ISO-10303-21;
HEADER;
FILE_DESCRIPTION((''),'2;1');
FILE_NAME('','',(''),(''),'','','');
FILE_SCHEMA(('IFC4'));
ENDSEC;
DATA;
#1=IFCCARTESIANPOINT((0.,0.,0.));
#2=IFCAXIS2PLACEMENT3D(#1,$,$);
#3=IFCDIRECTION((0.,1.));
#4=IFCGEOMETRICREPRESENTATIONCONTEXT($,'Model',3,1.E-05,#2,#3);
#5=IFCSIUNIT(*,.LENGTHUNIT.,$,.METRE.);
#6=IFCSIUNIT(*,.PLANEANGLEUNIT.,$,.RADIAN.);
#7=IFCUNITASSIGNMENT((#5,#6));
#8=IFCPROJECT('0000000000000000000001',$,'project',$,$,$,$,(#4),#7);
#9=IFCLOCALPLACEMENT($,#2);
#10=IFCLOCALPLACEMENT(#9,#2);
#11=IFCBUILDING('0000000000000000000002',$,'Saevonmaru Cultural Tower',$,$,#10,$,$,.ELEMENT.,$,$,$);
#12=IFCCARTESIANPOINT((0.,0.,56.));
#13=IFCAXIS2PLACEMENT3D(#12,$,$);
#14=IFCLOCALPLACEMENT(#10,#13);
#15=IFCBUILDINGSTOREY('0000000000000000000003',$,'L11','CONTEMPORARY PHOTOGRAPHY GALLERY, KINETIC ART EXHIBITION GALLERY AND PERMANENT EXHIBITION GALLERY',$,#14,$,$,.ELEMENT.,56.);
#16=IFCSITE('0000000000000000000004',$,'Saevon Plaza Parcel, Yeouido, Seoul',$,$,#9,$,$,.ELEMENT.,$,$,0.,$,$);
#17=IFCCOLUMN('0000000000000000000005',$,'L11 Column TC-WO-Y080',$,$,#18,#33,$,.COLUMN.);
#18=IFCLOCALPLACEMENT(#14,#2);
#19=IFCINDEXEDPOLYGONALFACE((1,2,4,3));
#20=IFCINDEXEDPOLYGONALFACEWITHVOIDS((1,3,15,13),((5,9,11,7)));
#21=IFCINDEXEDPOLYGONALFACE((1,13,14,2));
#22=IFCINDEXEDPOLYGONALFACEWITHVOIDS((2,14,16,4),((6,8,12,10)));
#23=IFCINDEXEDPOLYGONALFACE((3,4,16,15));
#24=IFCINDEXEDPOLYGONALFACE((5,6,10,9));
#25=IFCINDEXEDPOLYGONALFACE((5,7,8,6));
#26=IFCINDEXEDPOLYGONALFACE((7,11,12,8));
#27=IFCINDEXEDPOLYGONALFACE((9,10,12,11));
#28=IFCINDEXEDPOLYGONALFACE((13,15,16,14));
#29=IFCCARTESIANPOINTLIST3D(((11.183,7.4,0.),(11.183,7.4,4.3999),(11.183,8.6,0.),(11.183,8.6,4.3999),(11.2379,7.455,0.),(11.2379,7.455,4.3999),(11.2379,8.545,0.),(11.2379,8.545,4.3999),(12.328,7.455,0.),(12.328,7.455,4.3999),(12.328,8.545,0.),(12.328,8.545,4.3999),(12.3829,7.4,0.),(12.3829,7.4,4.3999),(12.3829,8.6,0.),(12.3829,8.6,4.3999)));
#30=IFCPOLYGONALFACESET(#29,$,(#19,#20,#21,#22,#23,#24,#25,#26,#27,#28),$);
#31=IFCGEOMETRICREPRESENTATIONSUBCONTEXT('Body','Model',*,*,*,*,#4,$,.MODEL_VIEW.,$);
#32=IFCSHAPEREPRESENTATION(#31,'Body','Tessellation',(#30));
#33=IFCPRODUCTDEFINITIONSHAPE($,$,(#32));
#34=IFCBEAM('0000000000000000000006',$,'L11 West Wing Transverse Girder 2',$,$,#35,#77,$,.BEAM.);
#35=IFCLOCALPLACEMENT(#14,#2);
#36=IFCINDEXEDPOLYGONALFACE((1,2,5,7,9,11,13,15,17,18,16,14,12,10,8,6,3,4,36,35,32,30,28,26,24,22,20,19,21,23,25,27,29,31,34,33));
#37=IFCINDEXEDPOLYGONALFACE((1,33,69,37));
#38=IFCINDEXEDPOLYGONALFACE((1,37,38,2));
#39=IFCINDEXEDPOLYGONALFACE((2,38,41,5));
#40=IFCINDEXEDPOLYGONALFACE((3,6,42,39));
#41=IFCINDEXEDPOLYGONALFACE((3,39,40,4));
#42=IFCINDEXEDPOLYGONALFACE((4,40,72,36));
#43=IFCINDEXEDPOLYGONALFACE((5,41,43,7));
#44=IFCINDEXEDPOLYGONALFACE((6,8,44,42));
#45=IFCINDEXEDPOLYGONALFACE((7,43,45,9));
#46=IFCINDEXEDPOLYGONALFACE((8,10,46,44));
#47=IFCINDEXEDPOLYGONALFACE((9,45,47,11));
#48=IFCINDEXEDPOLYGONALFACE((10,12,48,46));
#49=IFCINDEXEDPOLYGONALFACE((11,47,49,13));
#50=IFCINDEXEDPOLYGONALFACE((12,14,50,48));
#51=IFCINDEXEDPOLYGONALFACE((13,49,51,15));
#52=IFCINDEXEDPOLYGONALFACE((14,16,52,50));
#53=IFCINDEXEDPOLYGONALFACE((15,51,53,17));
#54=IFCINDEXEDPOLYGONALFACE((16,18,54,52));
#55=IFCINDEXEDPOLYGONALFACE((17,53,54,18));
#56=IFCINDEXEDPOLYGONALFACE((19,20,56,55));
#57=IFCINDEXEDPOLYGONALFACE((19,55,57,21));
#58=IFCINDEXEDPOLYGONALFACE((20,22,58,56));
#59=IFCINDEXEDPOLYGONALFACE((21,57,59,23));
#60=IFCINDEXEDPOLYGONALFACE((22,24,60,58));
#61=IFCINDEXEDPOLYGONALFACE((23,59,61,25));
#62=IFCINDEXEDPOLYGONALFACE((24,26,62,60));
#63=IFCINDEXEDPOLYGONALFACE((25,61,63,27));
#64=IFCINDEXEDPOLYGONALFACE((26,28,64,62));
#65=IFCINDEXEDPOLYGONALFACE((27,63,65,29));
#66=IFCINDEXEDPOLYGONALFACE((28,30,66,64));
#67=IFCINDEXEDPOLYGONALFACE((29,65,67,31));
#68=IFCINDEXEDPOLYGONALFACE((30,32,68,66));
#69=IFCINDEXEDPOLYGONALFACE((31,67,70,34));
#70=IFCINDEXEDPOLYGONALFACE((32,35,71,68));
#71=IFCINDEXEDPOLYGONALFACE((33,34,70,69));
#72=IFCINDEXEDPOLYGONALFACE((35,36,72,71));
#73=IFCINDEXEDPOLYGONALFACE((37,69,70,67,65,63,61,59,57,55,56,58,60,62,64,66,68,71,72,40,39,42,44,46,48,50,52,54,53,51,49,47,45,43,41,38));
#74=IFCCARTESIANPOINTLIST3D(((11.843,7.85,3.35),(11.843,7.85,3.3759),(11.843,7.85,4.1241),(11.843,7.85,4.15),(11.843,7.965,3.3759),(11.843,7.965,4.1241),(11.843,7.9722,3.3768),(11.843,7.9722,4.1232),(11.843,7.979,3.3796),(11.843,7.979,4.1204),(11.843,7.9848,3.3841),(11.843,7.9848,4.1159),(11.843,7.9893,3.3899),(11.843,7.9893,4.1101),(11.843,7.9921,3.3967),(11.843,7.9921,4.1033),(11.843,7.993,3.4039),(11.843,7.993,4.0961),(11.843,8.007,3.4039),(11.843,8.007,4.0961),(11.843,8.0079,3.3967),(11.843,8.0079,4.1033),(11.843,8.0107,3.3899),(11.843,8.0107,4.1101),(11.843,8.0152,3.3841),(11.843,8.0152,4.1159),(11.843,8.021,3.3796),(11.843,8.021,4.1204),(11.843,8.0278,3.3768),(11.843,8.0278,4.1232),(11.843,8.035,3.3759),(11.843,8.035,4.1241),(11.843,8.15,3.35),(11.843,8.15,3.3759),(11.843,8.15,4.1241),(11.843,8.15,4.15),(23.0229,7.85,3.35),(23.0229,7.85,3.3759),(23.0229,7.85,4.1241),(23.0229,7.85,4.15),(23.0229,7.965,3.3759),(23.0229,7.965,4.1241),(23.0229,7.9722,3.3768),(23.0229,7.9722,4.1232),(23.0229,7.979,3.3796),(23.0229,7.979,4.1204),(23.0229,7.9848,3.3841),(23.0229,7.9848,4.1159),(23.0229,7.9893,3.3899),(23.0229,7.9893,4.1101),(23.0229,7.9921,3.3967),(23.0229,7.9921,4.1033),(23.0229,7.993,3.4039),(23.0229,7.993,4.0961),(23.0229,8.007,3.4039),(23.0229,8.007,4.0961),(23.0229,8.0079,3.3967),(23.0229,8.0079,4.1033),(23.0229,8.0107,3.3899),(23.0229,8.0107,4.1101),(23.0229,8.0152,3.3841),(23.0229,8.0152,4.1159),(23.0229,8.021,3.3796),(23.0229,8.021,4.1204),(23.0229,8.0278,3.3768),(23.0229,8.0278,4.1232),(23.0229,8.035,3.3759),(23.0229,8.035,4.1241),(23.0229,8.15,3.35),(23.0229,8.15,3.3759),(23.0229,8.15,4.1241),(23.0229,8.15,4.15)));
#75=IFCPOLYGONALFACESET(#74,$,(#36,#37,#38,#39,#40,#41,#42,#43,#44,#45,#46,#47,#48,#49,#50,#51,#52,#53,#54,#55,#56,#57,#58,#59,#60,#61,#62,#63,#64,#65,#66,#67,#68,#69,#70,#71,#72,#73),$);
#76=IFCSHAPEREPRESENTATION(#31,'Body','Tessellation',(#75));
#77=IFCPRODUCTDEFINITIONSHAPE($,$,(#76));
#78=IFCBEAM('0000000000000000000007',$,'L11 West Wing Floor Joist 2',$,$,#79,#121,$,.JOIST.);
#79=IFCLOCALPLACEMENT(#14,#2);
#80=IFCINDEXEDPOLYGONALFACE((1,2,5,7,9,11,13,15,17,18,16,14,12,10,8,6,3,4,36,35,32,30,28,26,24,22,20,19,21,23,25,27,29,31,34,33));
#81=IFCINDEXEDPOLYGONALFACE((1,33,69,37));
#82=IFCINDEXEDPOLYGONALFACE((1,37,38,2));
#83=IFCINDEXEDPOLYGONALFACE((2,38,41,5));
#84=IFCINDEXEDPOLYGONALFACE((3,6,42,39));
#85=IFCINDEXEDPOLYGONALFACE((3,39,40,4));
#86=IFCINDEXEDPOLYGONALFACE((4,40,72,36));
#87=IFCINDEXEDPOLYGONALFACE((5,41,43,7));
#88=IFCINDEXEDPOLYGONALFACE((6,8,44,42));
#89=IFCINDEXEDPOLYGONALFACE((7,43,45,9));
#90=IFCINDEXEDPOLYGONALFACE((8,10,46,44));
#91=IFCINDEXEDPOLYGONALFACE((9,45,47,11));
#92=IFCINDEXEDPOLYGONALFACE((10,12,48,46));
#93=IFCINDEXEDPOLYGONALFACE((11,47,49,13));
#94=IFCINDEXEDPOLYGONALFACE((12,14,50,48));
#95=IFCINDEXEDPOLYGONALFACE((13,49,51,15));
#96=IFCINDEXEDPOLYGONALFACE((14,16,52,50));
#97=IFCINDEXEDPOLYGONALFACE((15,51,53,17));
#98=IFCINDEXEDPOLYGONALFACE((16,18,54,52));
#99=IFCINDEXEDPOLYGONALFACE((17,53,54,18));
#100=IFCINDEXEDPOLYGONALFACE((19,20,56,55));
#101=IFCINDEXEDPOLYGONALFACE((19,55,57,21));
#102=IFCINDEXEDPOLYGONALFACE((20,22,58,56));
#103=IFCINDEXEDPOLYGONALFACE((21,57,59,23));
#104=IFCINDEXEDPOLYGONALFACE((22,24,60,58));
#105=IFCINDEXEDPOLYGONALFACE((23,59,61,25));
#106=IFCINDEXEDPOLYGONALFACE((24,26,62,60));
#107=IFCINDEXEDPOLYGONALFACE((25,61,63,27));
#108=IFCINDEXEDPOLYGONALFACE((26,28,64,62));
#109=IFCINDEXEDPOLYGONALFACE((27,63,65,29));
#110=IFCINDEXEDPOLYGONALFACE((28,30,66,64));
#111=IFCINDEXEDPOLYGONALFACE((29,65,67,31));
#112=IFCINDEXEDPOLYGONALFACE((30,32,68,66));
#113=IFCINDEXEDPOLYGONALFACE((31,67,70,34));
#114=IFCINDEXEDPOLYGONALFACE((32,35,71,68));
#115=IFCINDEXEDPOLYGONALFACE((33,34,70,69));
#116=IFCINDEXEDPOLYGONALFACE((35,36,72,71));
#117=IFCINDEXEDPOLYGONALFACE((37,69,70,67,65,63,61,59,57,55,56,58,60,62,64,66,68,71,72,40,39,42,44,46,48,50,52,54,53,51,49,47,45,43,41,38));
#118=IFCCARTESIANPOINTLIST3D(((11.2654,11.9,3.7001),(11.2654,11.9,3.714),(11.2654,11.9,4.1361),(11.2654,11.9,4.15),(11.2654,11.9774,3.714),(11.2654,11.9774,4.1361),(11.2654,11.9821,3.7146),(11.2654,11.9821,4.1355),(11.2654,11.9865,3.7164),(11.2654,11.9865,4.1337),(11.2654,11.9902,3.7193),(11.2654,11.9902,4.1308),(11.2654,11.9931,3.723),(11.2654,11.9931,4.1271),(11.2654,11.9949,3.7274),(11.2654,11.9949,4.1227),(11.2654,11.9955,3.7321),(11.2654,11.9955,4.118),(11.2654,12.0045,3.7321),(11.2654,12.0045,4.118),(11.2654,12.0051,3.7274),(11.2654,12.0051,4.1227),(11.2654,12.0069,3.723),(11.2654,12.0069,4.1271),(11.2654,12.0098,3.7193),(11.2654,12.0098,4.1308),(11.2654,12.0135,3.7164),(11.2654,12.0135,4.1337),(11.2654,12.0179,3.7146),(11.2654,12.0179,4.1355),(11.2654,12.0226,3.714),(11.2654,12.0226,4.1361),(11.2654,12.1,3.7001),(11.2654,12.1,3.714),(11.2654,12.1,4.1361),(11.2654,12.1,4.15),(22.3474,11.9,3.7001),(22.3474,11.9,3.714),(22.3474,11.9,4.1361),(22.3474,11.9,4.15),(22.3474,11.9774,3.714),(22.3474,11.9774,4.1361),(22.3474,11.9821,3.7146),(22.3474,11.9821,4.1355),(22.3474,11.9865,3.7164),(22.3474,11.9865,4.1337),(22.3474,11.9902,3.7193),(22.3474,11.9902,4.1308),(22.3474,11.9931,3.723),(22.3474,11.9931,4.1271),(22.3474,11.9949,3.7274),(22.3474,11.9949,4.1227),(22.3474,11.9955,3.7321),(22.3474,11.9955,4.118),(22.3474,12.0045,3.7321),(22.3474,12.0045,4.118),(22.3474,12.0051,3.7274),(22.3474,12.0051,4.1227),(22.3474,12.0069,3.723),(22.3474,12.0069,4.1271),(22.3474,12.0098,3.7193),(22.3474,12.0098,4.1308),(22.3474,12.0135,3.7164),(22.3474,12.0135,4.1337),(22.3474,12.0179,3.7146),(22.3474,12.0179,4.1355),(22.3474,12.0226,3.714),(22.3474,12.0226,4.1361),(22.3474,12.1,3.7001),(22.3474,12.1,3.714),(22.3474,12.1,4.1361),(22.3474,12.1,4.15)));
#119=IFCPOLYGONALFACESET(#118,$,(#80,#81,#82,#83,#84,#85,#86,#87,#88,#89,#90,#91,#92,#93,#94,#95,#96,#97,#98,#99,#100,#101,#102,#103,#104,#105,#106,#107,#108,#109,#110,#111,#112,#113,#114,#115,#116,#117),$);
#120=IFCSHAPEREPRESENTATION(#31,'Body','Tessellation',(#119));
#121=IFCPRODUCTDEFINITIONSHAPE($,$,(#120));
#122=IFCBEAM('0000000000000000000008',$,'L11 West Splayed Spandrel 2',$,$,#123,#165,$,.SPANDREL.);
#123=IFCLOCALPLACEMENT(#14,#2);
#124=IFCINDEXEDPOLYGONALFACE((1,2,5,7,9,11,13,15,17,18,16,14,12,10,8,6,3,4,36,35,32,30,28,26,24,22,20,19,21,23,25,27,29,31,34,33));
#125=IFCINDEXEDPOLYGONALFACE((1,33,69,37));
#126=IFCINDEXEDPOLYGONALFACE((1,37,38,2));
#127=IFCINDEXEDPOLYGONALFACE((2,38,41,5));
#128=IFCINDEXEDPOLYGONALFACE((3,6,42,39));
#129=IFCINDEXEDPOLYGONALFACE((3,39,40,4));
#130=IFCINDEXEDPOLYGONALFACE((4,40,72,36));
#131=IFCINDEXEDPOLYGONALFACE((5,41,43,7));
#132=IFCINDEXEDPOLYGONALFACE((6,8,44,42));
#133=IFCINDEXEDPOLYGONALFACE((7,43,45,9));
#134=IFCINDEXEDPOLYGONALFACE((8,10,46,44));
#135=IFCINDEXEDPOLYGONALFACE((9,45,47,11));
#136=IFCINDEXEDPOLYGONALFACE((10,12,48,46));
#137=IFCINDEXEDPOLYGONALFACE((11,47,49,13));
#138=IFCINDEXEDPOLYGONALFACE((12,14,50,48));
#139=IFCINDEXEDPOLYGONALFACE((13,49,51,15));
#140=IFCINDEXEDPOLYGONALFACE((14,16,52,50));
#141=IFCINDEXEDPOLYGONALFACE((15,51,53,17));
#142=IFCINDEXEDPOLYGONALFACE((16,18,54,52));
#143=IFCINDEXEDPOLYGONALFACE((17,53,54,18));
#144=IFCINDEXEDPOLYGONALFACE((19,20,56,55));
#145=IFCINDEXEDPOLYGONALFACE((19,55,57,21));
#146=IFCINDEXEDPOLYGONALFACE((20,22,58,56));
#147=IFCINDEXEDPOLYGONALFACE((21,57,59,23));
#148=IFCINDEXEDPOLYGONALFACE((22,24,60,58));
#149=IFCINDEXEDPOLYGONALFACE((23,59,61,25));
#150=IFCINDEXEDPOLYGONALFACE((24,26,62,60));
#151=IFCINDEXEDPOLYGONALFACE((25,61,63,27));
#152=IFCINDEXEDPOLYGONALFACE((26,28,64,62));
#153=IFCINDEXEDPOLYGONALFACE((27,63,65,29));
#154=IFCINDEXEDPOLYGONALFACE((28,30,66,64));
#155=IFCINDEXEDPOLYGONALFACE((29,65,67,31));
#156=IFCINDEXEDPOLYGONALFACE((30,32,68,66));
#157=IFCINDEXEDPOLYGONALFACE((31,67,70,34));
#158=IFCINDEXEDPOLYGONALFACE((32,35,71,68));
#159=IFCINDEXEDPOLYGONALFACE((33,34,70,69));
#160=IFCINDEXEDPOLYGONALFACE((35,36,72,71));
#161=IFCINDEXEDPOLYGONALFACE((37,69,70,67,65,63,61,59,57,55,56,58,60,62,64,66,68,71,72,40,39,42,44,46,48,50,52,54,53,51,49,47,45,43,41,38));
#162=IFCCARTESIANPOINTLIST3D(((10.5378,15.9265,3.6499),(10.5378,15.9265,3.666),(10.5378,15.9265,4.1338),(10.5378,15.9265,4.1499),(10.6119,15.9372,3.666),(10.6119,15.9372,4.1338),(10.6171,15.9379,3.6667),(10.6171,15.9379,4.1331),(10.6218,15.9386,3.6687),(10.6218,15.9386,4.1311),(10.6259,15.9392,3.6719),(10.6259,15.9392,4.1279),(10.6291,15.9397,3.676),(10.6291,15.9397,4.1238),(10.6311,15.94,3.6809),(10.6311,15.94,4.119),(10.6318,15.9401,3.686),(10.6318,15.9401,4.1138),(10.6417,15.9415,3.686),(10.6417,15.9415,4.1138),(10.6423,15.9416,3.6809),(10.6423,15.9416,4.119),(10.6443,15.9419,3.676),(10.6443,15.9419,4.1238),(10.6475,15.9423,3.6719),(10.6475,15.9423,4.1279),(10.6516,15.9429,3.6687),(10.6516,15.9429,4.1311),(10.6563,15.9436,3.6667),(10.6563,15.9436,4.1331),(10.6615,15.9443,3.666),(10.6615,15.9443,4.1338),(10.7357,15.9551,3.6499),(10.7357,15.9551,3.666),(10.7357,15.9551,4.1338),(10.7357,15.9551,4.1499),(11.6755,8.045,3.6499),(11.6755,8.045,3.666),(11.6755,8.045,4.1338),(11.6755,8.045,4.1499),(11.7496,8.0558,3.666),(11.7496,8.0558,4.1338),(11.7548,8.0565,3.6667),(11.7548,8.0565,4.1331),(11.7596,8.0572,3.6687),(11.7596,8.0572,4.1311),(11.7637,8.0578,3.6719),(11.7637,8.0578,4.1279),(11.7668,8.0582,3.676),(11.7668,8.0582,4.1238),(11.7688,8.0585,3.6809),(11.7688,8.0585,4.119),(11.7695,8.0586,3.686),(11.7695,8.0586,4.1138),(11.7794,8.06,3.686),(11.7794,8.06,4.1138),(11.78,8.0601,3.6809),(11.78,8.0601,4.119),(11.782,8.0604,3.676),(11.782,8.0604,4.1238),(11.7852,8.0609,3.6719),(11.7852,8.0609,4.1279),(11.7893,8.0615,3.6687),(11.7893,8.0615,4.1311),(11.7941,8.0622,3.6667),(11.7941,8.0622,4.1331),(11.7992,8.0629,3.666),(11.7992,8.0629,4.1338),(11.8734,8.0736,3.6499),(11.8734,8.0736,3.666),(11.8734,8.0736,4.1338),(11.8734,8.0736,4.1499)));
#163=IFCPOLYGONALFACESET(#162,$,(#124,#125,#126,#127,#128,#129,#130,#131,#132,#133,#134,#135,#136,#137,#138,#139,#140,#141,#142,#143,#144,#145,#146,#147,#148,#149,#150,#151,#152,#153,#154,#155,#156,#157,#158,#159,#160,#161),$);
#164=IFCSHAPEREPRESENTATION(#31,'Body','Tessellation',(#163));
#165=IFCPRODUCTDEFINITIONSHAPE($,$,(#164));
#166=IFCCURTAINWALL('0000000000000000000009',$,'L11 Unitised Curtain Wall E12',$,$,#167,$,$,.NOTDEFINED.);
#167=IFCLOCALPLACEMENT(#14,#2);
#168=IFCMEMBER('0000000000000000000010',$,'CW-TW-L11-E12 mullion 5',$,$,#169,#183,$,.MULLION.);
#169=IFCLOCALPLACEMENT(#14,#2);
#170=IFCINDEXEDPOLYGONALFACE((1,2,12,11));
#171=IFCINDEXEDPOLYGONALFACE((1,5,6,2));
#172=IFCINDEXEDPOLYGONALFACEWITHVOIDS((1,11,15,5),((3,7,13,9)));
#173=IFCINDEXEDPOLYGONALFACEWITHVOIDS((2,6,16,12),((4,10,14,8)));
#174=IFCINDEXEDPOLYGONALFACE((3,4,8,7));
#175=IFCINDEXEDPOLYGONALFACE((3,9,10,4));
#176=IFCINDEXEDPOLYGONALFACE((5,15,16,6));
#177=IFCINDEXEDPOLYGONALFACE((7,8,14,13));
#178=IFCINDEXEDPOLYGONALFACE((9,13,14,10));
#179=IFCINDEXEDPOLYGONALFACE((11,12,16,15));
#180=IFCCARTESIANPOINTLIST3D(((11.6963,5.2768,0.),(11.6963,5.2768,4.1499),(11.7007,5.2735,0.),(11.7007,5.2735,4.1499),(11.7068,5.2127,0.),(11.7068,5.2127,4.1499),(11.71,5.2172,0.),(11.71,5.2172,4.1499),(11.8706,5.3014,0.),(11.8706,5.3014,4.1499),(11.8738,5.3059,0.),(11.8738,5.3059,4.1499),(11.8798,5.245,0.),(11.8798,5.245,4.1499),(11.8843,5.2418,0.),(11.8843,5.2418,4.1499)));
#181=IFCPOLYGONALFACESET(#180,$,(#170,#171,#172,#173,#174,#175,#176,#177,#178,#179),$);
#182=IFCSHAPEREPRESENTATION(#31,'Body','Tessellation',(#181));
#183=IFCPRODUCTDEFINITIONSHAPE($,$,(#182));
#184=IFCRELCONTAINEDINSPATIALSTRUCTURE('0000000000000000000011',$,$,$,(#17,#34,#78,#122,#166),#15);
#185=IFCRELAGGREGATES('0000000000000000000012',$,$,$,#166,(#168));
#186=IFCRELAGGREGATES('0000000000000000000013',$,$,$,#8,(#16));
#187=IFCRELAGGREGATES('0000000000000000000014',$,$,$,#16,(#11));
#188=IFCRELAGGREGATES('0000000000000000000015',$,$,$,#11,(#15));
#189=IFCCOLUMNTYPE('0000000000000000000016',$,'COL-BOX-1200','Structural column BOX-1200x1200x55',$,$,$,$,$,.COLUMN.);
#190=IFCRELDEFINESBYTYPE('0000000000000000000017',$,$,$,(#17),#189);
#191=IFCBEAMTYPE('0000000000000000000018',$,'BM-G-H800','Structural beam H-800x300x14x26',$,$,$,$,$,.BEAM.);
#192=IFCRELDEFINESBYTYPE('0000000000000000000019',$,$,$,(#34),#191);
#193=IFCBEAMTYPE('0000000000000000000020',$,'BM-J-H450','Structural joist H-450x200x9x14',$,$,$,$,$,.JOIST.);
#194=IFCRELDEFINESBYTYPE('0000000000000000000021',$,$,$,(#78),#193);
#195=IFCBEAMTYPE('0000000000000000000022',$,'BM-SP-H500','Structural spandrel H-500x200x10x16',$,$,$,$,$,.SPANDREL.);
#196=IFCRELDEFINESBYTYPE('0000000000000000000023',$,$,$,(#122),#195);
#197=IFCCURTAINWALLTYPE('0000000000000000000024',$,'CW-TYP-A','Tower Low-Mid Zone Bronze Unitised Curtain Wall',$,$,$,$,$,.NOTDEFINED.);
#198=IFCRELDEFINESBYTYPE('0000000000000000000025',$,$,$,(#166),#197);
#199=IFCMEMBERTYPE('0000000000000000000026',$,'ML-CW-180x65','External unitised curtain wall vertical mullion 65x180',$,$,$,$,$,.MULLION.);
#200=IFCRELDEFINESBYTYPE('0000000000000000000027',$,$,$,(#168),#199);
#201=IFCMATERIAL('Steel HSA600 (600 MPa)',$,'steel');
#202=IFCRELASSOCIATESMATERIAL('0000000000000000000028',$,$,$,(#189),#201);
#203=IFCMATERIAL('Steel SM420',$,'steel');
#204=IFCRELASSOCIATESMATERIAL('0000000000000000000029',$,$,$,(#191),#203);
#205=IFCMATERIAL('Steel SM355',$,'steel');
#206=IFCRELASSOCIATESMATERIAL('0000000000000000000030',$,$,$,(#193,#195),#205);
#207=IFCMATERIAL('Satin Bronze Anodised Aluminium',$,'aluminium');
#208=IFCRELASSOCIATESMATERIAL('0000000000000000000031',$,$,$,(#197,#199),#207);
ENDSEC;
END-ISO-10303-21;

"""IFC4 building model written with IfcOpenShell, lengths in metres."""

from ifc_helpers import new_model, si_unit, direction, frame, origin, origin_2d, place, context, subcontext, project, spatial, hollow_rectangle, i_section, extrude, material, material_profile, profile_set, type_object, element, aggregate, save


model = new_model("IFC4")

# Units and contexts
model_context = context("Model", 3, precision=1e-05, world=origin(), true_north=direction((0.0, 1.0)))
body_context = subcontext(model_context, "Body", "Model", "MODEL_VIEW")
ifc_project = project(units=[si_unit("LENGTHUNIT", "METRE"), si_unit("PLANEANGLEUNIT", "RADIAN")], contexts=[model_context])

# Site, building, storey
site_placement = place(None, origin())
site = spatial("IfcSite", under=ifc_project, at=site_placement, Name="Saevon Plaza Parcel, Yeouido, Seoul", CompositionType="ELEMENT", RefElevation=0.0)
building_placement = place(site_placement, origin())
building = spatial("IfcBuilding", under=site, at=building_placement, Name="Saevonmaru Cultural Tower", CompositionType="ELEMENT")
storey_placement = place(building_placement, frame((0.0, 0.0, 56.0)))
storey = spatial("IfcBuildingStorey", under=building, at=storey_placement, Name="L11", Description="CONTEMPORARY PHOTOGRAPHY GALLERY, KINETIC ART EXHIBITION GALLERY AND PERMANENT EXHIBITION GALLERY", CompositionType="ELEMENT", Elevation=56.0)

# Column
ifc_material_1 = material(Name="Steel HSA600 (600 MPa)", Category="steel")
ifc_material_profile_1 = material_profile(ifc_material_1, hollow_rectangle(XDim=1.2, YDim=1.2, WallThickness=0.0549, at=origin_2d()), Name="BOX-1200x1200x55")
ifc_profile_set_1 = profile_set([ifc_material_profile_1], Name="Steel HSA600 (600 MPa)")
column_type = type_object("IfcColumnType", Name="COL-BOX-1200", Description="Structural column BOX-1200x1200x55", PredefinedType="COLUMN", material=ifc_profile_set_1)
column_placement = place(storey_placement, frame((11.783, 8.0, 0.0), z_axis=(0.0, 0.0, 1.0), x_axis=(1.0, 0.0, 0.0)))
element("IfcColumn", 1, at=column_placement, inside=storey, type_object=column_type, Name="L11 Column TC-WO-Y080", PredefinedType="COLUMN", context=body_context, shape_type="SweptSolid", body=[
    extrude(hollow_rectangle(XDim=1.2, YDim=1.2, WallThickness=0.0549, at=origin_2d()), origin(), (0.0, 0.0, 1.0), 4.3999),
])

# Beams
ifc_material_2 = material(Name="Steel SM420", Category="steel")
ifc_material_profile_2 = material_profile(ifc_material_2, i_section(OverallWidth=0.3, OverallDepth=0.8, WebThickness=0.0139, FlangeThickness=0.0259, FilletRadius=0.0281, at=origin_2d()), Name="H-800x300x14x26")
ifc_profile_set_2 = profile_set([ifc_material_profile_2], Name="Steel SM420")
beam_type_1 = type_object("IfcBeamType", Name="BM-G-H800", Description="Structural beam H-800x300x14x26", PredefinedType="BEAM", material=ifc_profile_set_2)
beam_1_placement = place(storey_placement, frame((11.843, 8.0, 3.75), z_axis=(1.0, 0.0, 0.0), x_axis=(0.0, 1.0, 0.0)))
element("IfcBeam", 2, at=beam_1_placement, inside=storey, type_object=beam_type_1, Name="L11 West Wing Transverse Girder 2", PredefinedType="BEAM", context=body_context, shape_type="SweptSolid", body=[
    extrude(i_section(OverallWidth=0.3, OverallDepth=0.8, WebThickness=0.0139, FlangeThickness=0.0259, FilletRadius=0.0281, at=origin_2d()), origin(), (0.0, 0.0, 1.0), 11.1799),
])
ifc_material_3 = material(Name="Steel SM355", Category="steel")
ifc_material_profile_3 = material_profile(ifc_material_3, i_section(OverallWidth=0.2, OverallDepth=0.45, WebThickness=0.009, FlangeThickness=0.0139, FilletRadius=0.0181, at=origin_2d()), Name="H-450x200x9x14")
ifc_profile_set_3 = profile_set([ifc_material_profile_3], Name="Steel SM355")
beam_type_2 = type_object("IfcBeamType", Name="BM-J-H450", Description="Structural joist H-450x200x9x14", PredefinedType="JOIST", material=ifc_profile_set_3)
beam_2_placement = place(storey_placement, frame((11.2654, 12.0, 3.925), z_axis=(1.0, 0.0, 0.0), x_axis=(0.0, 1.0, 0.0)))
element("IfcBeam", 3, at=beam_2_placement, inside=storey, type_object=beam_type_2, Name="L11 West Wing Floor Joist 2", PredefinedType="JOIST", context=body_context, shape_type="SweptSolid", body=[
    extrude(i_section(OverallWidth=0.2, OverallDepth=0.45, WebThickness=0.009, FlangeThickness=0.0139, FilletRadius=0.0181, at=origin_2d()), origin(), (0.0, 0.0, 1.0), 11.082),
])
ifc_material_profile_4 = material_profile(ifc_material_3, i_section(OverallWidth=0.2, OverallDepth=0.5, WebThickness=0.01, FlangeThickness=0.0161, FilletRadius=0.02, at=origin_2d()), Name="H-500x200x10x16")
ifc_profile_set_4 = profile_set([ifc_material_profile_4], Name="Steel SM355")
beam_type_3 = type_object("IfcBeamType", Name="BM-SP-H500", Description="Structural spandrel H-500x200x10x16", PredefinedType="SPANDREL", material=ifc_profile_set_4)
beam_3_placement = place(storey_placement, frame((11.7744, 8.0593, 3.8999), z_axis=(-0.142872, 0.989741, 0.0), x_axis=(-0.989741, -0.142872, 0.0)))
element("IfcBeam", 4, at=beam_3_placement, inside=storey, type_object=beam_type_3, Name="L11 West Splayed Spandrel 2", PredefinedType="SPANDREL", context=body_context, shape_type="SweptSolid", body=[
    extrude(i_section(OverallWidth=0.2, OverallDepth=0.5, WebThickness=0.01, FlangeThickness=0.0161, FilletRadius=0.02, at=origin_2d()), origin(), (0.0, 0.0, 1.0), 7.9631),
])

# Curtain wall, member
ifc_material_4 = material(Name="Satin Bronze Anodised Aluminium", Category="aluminium")
curtain_wall_type = type_object("IfcCurtainWallType", Name="CW-TYP-A", Description="Tower Low-Mid Zone Bronze Unitised Curtain Wall", PredefinedType="NOTDEFINED", material=ifc_material_4)
curtain_wall_placement = place(storey_placement, origin())
curtain_wall = element("IfcCurtainWall", 5, at=curtain_wall_placement, inside=storey, type_object=curtain_wall_type, Name="L11 Unitised Curtain Wall E12", PredefinedType="NOTDEFINED")
ifc_material_profile_5 = material_profile(ifc_material_4, hollow_rectangle(XDim=0.0649, YDim=0.1799, WallThickness=0.0039, at=origin_2d()), Name="ALU-MULL-180x65x4")
ifc_profile_set_5 = profile_set([ifc_material_profile_5], Name="Satin Bronze Anodised Aluminium")
member_type = type_object("IfcMemberType", Name="ML-CW-180x65", Description="External unitised curtain wall vertical mullion 65x180", PredefinedType="MULLION", material=ifc_profile_set_5)
member_placement = place(storey_placement, frame((11.7903, 5.2593, 0.0), z_axis=(0.0, 0.0, 1.0), x_axis=(0.161709, -0.986839, 0.0)))
member = element("IfcMember", 6, at=member_placement, type_object=member_type, Name="CW-TW-L11-E12 mullion 5", PredefinedType="MULLION", context=body_context, shape_type="SweptSolid", body=[
    extrude(hollow_rectangle(XDim=0.0649, YDim=0.1799, WallThickness=0.0039, at=origin_2d()), origin(), (0.0, 0.0, 1.0), 4.1499),
])
aggregate(curtain_wall, [member])

save(model, "model.ifc")
